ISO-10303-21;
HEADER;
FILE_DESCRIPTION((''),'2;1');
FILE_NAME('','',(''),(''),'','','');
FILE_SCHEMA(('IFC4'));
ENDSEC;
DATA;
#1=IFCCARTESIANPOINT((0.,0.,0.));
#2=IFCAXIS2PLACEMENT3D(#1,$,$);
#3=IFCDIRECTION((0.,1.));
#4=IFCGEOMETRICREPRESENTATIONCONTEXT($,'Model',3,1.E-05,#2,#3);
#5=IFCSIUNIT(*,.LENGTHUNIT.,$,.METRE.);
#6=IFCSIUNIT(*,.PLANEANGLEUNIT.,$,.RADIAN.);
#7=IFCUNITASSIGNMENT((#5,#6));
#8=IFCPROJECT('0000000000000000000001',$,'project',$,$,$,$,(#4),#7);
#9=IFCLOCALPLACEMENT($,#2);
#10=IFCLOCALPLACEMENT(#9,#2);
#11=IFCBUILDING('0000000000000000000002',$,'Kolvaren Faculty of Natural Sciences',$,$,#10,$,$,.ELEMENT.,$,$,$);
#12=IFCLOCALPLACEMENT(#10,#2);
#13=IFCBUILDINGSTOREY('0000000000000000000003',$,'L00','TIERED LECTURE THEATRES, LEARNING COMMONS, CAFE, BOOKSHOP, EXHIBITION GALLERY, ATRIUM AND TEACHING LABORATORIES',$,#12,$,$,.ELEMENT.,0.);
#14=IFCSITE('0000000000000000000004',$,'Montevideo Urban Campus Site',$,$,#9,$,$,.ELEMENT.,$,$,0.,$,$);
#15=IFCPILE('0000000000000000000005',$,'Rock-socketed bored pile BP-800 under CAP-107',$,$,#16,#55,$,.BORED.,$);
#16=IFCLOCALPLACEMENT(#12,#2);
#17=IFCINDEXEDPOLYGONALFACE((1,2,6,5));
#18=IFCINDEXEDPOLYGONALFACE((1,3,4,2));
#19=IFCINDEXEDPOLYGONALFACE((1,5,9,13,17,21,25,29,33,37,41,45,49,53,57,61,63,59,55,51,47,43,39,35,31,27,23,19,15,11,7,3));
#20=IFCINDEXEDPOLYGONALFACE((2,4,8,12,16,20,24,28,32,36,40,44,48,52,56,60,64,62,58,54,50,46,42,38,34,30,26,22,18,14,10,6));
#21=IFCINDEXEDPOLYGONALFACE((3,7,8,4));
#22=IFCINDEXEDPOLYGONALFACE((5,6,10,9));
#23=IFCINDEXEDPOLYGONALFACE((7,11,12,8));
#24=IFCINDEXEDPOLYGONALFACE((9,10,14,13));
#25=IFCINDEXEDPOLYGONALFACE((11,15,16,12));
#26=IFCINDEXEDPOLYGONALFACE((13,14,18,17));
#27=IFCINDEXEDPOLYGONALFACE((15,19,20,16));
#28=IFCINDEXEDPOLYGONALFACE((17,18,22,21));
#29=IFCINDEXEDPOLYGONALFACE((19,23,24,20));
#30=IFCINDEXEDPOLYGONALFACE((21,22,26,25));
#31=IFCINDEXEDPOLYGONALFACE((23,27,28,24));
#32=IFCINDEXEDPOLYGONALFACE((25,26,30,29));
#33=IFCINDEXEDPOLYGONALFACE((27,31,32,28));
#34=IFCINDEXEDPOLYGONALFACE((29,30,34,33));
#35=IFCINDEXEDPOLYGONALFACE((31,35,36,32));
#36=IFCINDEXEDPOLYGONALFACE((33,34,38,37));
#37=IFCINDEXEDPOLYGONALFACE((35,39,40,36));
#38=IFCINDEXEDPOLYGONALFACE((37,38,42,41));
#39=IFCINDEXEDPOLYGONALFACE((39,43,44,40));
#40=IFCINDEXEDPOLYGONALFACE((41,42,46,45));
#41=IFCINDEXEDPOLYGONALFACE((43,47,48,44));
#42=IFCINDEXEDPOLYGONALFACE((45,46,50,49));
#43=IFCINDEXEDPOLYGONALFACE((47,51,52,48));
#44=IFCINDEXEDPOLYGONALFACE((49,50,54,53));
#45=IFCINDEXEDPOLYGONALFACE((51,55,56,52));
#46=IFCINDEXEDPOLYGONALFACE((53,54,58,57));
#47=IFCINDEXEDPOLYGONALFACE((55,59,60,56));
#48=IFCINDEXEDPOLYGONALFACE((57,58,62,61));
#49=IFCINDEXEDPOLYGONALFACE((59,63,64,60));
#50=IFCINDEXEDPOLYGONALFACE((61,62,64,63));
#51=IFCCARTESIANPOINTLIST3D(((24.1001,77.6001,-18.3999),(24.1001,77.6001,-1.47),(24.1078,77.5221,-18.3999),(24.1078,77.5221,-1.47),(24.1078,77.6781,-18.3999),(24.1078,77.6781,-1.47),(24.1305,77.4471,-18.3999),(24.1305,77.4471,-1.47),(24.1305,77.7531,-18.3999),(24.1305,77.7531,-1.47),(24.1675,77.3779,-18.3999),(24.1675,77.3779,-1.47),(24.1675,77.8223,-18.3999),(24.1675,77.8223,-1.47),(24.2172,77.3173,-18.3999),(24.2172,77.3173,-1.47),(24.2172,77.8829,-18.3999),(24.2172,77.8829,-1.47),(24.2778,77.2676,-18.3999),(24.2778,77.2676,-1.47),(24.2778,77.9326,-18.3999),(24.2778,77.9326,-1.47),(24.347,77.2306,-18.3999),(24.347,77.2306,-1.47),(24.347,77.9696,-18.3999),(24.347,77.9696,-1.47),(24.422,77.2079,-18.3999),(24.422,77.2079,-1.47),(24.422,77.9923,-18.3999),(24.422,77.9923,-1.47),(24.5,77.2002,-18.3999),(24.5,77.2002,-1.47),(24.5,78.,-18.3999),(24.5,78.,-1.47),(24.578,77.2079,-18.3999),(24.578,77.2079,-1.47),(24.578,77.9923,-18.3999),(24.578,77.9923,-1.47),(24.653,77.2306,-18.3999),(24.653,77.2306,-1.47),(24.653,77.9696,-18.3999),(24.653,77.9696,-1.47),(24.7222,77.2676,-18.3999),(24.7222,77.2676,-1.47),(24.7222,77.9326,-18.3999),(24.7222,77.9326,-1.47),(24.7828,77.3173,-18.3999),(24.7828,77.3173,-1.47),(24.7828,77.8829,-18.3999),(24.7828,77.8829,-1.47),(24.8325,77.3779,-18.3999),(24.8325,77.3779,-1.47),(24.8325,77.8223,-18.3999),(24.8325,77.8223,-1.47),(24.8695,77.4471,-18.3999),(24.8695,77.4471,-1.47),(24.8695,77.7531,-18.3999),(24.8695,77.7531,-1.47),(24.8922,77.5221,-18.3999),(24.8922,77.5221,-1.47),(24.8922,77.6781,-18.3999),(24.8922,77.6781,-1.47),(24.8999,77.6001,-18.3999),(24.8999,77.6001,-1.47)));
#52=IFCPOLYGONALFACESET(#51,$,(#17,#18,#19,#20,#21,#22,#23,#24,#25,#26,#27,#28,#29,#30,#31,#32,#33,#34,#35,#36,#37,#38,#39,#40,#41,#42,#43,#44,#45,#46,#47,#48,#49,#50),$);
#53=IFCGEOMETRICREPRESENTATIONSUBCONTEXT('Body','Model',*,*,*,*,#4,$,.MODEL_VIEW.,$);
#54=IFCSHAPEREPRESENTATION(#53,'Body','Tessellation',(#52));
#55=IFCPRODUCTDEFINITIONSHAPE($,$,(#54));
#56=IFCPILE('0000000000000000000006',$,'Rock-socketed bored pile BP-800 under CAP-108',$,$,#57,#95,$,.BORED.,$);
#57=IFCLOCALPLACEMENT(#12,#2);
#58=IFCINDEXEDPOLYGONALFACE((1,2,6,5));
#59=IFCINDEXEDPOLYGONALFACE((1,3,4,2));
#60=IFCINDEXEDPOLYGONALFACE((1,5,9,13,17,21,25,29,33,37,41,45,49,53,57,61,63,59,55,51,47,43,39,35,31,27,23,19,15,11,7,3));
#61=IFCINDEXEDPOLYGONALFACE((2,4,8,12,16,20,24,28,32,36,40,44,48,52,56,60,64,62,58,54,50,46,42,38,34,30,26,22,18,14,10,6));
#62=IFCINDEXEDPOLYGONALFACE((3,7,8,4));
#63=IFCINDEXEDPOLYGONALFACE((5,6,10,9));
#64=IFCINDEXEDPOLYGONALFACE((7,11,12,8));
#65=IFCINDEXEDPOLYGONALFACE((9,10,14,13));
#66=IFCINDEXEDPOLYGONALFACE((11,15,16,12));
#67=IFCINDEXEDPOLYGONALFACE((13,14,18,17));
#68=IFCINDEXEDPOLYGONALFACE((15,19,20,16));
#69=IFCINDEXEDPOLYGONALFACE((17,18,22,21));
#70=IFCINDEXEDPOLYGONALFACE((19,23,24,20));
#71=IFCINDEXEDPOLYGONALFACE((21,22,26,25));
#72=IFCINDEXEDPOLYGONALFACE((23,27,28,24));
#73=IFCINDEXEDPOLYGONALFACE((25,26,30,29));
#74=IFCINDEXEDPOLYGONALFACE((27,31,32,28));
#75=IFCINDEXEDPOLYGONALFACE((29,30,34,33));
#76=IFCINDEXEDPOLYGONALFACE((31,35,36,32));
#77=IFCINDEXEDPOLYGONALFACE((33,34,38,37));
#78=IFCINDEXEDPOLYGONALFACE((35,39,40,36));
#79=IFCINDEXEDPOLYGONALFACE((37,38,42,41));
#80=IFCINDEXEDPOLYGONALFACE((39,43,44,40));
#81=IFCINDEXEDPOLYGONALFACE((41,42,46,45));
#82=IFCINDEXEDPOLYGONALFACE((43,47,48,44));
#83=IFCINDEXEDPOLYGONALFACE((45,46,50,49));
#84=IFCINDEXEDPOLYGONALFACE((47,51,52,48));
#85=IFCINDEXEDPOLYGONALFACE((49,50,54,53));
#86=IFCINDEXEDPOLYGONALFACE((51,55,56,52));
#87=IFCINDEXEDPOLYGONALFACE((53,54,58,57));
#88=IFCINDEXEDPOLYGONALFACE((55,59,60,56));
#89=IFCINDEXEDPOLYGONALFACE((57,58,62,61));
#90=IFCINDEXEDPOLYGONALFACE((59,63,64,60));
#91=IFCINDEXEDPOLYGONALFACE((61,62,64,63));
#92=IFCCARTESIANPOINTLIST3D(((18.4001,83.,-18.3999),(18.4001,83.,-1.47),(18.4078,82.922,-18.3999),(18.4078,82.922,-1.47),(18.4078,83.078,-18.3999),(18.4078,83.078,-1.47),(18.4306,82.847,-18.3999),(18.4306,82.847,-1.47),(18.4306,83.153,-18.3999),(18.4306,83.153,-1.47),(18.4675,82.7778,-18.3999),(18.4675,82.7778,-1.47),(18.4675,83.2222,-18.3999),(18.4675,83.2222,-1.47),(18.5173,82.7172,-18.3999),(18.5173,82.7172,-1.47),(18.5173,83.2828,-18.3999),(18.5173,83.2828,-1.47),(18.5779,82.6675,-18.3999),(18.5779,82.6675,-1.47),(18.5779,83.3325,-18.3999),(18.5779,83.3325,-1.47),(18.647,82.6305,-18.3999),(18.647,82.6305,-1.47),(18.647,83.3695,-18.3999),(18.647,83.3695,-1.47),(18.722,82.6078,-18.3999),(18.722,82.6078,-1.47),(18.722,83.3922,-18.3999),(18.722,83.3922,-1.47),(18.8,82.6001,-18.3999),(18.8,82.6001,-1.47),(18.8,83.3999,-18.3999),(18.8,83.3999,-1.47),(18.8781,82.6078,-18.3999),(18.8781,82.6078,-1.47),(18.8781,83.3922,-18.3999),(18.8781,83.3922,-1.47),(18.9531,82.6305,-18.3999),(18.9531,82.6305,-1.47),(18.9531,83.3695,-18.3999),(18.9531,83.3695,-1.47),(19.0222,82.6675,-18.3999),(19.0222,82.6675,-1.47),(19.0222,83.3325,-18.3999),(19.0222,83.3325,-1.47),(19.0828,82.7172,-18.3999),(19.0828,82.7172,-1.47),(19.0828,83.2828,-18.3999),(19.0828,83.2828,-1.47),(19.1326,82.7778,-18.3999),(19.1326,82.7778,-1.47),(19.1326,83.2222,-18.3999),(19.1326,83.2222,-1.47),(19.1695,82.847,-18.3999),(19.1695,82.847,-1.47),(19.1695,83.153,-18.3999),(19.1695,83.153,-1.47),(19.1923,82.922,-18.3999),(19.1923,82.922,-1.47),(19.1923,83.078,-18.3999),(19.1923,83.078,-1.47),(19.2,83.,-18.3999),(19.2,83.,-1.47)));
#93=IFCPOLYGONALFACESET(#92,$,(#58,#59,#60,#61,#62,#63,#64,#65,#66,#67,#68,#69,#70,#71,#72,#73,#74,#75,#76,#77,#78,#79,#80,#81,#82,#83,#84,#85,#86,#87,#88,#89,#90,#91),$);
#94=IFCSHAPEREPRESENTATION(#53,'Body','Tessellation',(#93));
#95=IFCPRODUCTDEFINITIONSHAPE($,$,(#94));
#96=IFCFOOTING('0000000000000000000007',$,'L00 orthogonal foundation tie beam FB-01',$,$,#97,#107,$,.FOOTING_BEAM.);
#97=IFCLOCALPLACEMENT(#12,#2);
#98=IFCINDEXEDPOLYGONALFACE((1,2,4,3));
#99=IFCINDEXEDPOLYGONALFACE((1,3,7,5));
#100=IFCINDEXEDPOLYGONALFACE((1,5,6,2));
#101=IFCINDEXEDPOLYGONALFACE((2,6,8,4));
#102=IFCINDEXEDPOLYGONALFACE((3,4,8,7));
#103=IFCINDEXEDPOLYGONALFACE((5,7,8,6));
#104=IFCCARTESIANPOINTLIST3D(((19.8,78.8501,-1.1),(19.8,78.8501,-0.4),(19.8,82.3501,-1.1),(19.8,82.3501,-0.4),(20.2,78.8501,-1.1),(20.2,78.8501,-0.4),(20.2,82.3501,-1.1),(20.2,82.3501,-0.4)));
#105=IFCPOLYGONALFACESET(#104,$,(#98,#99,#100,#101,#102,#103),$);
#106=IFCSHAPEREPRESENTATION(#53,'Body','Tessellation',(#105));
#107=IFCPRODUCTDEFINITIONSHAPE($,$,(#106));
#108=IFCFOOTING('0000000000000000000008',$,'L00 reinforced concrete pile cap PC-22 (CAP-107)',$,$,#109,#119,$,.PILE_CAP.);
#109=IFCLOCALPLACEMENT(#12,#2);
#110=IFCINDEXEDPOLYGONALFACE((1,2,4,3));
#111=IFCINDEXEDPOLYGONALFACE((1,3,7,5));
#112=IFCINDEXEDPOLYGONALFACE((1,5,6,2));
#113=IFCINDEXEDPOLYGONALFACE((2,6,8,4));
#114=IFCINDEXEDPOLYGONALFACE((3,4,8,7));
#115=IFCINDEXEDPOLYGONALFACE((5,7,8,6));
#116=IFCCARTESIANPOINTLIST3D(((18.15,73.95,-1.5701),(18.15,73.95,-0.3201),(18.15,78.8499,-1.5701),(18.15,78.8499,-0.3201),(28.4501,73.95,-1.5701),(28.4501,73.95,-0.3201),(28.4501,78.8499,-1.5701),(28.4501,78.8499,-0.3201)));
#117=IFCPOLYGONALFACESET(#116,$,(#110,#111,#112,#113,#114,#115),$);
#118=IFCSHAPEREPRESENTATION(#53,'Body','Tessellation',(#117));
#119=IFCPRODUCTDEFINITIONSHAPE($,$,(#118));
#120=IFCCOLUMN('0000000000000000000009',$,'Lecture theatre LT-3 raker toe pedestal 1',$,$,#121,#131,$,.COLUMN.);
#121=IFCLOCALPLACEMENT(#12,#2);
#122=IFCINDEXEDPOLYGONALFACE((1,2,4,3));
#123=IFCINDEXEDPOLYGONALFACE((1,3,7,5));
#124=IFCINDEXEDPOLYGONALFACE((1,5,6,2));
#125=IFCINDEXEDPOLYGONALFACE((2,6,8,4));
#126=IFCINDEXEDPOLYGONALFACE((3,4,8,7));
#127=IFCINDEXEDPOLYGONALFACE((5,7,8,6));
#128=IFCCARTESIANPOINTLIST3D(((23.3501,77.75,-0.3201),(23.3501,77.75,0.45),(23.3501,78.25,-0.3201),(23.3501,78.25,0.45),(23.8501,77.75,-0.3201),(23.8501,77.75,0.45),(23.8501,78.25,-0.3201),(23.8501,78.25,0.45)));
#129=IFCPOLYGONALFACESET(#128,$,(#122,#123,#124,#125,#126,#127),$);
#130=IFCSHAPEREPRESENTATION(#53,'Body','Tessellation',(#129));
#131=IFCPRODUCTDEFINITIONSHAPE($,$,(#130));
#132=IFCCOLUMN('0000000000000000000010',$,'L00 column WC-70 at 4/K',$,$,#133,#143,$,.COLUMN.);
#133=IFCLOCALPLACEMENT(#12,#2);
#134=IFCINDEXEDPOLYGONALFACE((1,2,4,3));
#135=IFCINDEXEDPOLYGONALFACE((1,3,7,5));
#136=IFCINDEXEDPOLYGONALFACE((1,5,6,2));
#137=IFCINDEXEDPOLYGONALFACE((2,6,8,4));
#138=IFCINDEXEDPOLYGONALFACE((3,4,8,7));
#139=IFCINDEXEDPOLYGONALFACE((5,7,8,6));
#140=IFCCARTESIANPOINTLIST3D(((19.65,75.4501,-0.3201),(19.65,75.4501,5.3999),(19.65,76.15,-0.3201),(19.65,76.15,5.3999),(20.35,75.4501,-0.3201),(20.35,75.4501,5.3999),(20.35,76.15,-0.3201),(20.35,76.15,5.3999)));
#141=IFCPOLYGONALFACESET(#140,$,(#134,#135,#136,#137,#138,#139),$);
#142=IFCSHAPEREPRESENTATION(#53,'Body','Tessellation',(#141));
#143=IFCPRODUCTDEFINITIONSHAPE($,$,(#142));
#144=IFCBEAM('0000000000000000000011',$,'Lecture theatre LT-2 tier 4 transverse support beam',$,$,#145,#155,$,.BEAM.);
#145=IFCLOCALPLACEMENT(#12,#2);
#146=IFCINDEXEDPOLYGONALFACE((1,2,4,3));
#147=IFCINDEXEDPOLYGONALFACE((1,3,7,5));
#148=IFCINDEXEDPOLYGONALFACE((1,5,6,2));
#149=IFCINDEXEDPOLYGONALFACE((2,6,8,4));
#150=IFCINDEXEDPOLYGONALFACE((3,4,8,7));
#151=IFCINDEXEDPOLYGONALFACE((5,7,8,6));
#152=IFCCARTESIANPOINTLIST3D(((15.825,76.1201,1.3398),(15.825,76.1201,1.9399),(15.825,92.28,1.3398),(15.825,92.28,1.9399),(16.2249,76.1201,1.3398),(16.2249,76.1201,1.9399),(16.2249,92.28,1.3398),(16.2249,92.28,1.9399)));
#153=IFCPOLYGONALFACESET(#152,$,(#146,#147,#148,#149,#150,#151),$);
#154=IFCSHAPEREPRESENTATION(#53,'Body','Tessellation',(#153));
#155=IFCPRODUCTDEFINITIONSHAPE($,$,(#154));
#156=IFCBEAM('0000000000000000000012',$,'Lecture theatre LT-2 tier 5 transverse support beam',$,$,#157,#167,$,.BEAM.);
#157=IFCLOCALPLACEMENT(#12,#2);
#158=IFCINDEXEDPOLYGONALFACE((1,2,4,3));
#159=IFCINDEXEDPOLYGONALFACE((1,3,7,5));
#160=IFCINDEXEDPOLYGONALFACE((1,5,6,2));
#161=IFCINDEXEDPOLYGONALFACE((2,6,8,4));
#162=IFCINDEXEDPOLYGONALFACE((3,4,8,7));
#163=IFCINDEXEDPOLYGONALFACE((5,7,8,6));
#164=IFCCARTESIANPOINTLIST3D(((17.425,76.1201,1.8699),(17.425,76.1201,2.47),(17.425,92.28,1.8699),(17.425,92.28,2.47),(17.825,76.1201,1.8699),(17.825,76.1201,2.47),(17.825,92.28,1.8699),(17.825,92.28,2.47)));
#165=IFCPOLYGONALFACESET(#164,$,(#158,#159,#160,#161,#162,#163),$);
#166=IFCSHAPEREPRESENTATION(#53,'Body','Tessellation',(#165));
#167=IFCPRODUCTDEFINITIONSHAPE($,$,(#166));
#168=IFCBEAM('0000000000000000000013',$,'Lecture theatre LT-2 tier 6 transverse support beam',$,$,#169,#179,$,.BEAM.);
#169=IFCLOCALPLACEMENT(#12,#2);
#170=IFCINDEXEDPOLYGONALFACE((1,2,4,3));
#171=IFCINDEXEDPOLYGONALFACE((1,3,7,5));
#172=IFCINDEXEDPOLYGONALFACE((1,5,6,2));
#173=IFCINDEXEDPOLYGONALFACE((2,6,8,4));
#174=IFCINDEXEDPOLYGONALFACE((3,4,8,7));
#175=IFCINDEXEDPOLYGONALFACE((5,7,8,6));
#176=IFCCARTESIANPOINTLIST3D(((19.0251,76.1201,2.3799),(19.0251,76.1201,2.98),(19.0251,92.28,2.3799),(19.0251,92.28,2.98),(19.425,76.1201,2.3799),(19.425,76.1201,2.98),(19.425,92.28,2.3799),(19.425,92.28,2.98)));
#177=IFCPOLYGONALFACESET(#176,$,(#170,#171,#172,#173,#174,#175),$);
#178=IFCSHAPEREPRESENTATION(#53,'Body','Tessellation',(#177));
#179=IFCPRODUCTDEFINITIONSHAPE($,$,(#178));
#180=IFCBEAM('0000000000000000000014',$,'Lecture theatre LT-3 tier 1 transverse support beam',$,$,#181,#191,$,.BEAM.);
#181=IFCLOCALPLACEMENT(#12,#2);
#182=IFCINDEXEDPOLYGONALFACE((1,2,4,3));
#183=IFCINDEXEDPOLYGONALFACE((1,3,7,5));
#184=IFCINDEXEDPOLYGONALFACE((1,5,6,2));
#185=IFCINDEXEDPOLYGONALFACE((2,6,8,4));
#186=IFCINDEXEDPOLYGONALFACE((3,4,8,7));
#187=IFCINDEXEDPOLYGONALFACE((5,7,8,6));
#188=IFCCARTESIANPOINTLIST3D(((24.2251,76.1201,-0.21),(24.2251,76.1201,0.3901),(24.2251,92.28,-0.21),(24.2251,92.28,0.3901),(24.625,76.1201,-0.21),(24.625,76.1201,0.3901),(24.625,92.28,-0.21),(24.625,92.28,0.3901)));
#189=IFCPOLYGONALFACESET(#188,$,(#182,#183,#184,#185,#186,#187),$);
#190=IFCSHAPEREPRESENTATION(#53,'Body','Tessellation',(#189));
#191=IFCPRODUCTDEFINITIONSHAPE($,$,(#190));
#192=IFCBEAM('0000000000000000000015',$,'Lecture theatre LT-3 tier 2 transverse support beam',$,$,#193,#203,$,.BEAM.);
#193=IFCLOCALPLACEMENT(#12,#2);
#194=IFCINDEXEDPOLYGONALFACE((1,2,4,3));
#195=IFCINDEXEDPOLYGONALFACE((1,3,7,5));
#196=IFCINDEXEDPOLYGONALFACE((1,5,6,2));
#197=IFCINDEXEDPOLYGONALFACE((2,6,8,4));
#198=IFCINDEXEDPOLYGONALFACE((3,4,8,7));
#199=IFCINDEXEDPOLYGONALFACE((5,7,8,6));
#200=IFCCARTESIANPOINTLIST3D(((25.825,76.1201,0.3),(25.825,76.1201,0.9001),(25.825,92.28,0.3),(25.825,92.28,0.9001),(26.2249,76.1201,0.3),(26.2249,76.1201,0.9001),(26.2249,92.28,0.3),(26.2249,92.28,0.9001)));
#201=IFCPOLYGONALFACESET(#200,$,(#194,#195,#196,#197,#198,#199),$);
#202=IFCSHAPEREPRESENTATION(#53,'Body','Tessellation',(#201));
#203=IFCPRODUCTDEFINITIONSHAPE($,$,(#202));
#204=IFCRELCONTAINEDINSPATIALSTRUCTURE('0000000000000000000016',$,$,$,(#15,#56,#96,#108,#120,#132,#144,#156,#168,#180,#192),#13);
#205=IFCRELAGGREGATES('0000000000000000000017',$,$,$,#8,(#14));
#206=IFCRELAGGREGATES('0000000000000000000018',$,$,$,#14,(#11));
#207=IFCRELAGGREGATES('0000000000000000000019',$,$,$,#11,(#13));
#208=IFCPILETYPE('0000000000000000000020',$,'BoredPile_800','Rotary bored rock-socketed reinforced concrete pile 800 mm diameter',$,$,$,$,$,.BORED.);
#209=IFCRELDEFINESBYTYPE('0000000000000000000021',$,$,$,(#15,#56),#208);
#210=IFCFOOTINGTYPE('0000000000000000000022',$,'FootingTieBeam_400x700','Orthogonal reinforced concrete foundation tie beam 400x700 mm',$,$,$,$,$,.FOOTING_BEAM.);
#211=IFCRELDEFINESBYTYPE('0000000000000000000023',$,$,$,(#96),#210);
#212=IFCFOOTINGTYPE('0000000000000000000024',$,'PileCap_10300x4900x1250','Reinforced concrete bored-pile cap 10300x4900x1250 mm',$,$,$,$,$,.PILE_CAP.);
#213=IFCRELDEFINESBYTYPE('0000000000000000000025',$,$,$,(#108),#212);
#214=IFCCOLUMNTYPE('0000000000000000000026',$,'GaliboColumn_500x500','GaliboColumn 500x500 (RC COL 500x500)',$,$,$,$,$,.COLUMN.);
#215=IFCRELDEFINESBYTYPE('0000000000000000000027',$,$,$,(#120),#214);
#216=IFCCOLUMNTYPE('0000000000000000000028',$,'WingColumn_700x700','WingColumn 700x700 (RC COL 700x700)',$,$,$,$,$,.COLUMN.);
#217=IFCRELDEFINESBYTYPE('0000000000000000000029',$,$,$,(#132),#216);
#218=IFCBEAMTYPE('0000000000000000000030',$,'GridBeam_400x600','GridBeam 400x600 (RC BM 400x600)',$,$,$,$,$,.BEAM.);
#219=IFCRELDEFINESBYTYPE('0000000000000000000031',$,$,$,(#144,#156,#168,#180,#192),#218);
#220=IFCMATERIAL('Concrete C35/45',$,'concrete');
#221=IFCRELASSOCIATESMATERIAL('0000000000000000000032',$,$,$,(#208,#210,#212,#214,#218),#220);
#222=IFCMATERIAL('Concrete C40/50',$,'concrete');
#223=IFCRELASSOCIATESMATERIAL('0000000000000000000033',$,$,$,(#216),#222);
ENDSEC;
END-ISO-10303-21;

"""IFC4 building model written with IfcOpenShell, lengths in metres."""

from ifc_helpers import new_model, si_unit, direction, frame, origin, origin_2d, place, context, subcontext, project, spatial, rectangle, circle, extrude, material, material_profile, profile_set, type_object, element, save


model = new_model("IFC4")

# Units and contexts
model_context = context("Model", 3, precision=1e-05, world=origin(), true_north=direction((0.0, 1.0)))
body_context = subcontext(model_context, "Body", "Model", "MODEL_VIEW")
ifc_project = project(units=[si_unit("LENGTHUNIT", "METRE"), si_unit("PLANEANGLEUNIT", "RADIAN")], contexts=[model_context])

# Site, building, storey
site_placement = place(None, origin())
site = spatial("IfcSite", under=ifc_project, at=site_placement, Name="Montevideo Urban Campus Site", CompositionType="ELEMENT", RefElevation=0.0)
building_placement = place(site_placement, origin())
building = spatial("IfcBuilding", under=site, at=building_placement, Name="Kolvaren Faculty of Natural Sciences", CompositionType="ELEMENT")
storey_placement = place(building_placement, origin())
storey = spatial("IfcBuildingStorey", under=building, at=storey_placement, Name="L00", Description="TIERED LECTURE THEATRES, LEARNING COMMONS, CAFE, BOOKSHOP, EXHIBITION GALLERY, ATRIUM AND TEACHING LABORATORIES", CompositionType="ELEMENT", Elevation=0.0)

# Piles
ifc_material_1 = material(Name="Concrete C35/45", Category="concrete")
ifc_material_profile_1 = material_profile(ifc_material_1, circle(Radius=0.3999, at=origin_2d()), Name="PILE D800")
ifc_profile_set_1 = profile_set([ifc_material_profile_1], Name="Concrete C35/45")
pile_type = type_object("IfcPileType", Name="BoredPile_800", Description="Rotary bored rock-socketed reinforced concrete pile 800 mm diameter", PredefinedType="BORED", material=ifc_profile_set_1)
for number, where, z_axis, x_axis, name in (
    (1, (24.5, 77.6001, -1.47), (0.0, 0.0, -1.0), (1.0, 0.0, 0.0), "Rock-socketed bored pile BP-800 under CAP-107"),
    (2, (18.8, 83.0, -1.47), (0.0, 0.0, -1.0), (1.0, 0.0, 0.0), "Rock-socketed bored pile BP-800 under CAP-108"),
):
    element("IfcPile", number, at=place(storey_placement, frame(where, z_axis=z_axis, x_axis=x_axis)), inside=storey, type_object=pile_type, Name=name, PredefinedType="BORED", context=body_context, shape_type="SweptSolid", body=[
        extrude(circle(Radius=0.3999, at=origin_2d()), origin(), (0.0, 0.0, 1.0), 16.9299),
    ])

# Footings
ifc_material_profile_2 = material_profile(ifc_material_1, rectangle(XDim=0.3999, YDim=0.7, at=origin_2d()), Name="RC FB 400x700")
ifc_profile_set_2 = profile_set([ifc_material_profile_2], Name="Concrete C35/45")
footing_type_1 = type_object("IfcFootingType", Name="FootingTieBeam_400x700", Description="Orthogonal reinforced concrete foundation tie beam 400x700 mm", PredefinedType="FOOTING_BEAM", material=ifc_profile_set_2)
footing_1_placement = place(storey_placement, frame((20.0, 78.8501, -0.75), z_axis=(0.0, 1.0, 0.0), x_axis=(-1.0, 0.0, 0.0)))
element("IfcFooting", 3, at=footing_1_placement, inside=storey, type_object=footing_type_1, Name="L00 orthogonal foundation tie beam FB-01", PredefinedType="FOOTING_BEAM", context=body_context, shape_type="SweptSolid", body=[
    extrude(rectangle(XDim=0.3999, YDim=0.7, at=origin_2d()), origin(), (0.0, 0.0, 1.0), 3.5),
])
footing_type_2 = type_object("IfcFootingType", Name="PileCap_10300x4900x1250", Description="Reinforced concrete bored-pile cap 10300x4900x1250 mm", PredefinedType="PILE_CAP", material=ifc_material_1)
footing_2_placement = place(storey_placement, frame((23.3, 76.3999, -1.5701), z_axis=(0.0, 0.0, 1.0), x_axis=(1.0, 0.0, 0.0)))
element("IfcFooting", 4, at=footing_2_placement, inside=storey, type_object=footing_type_2, Name="L00 reinforced concrete pile cap PC-22 (CAP-107)", PredefinedType="PILE_CAP", context=body_context, shape_type="SweptSolid", body=[
    extrude(rectangle(XDim=10.3, YDim=4.8999, at=origin_2d()), origin(), (0.0, 0.0, 1.0), 1.25),
])

# Columns
ifc_material_profile_3 = material_profile(ifc_material_1, rectangle(XDim=0.5, YDim=0.5, at=origin_2d()), Name="RC COL 500x500")
ifc_profile_set_3 = profile_set([ifc_material_profile_3], Name="Concrete C35/45")
column_type_1 = type_object("IfcColumnType", Name="GaliboColumn_500x500", Description="GaliboColumn 500x500 (RC COL 500x500)", PredefinedType="COLUMN", material=ifc_profile_set_3)
column_1_placement = place(storey_placement, frame((23.6001, 78.0, -0.3201), z_axis=(0.0, 0.0, 1.0), x_axis=(1.0, 0.0, 0.0)))
element("IfcColumn", 5, at=column_1_placement, inside=storey, type_object=column_type_1, Name="Lecture theatre LT-3 raker toe pedestal 1", PredefinedType="COLUMN", context=body_context, shape_type="SweptSolid", body=[
    extrude(rectangle(XDim=0.5, YDim=0.5, at=origin_2d()), origin(), (0.0, 0.0, 1.0), 0.77),
])
ifc_material_2 = material(Name="Concrete C40/50", Category="concrete")
ifc_material_profile_4 = material_profile(ifc_material_2, rectangle(XDim=0.7, YDim=0.7, at=origin_2d()), Name="RC COL 700x700")
ifc_profile_set_4 = profile_set([ifc_material_profile_4], Name="Concrete C40/50")
column_type_2 = type_object("IfcColumnType", Name="WingColumn_700x700", Description="WingColumn 700x700 (RC COL 700x700)", PredefinedType="COLUMN", material=ifc_profile_set_4)
column_2_placement = place(storey_placement, frame((20.0, 75.8, -0.3201), z_axis=(0.0, 0.0, 1.0), x_axis=(1.0, 0.0, 0.0)))
element("IfcColumn", 6, at=column_2_placement, inside=storey, type_object=column_type_2, Name="L00 column WC-70 at 4/K", PredefinedType="COLUMN", context=body_context, shape_type="SweptSolid", body=[
    extrude(rectangle(XDim=0.7, YDim=0.7, at=origin_2d()), origin(), (0.0, 0.0, 1.0), 5.72),
])

# Beams
ifc_material_profile_5 = material_profile(ifc_material_1, rectangle(XDim=0.3999, YDim=0.6001, at=origin_2d()), Name="RC BM 400x600")
ifc_profile_set_5 = profile_set([ifc_material_profile_5], Name="Concrete C35/45")
beam_type_1 = type_object("IfcBeamType", Name="GridBeam_400x600", Description="GridBeam 400x600 (RC BM 400x600)", PredefinedType="BEAM", material=ifc_profile_set_5)
for number, where, z_axis, x_axis, name in (
    (7, (16.0249, 76.1201, 1.6399), (0.0, 1.0, 0.0), (-1.0, 0.0, 0.0), "Lecture theatre LT-2 tier 4 transverse support beam"),
    (8, (17.625, 76.1201, 2.1699), (0.0, 1.0, 0.0), (-1.0, 0.0, 0.0), "Lecture theatre LT-2 tier 5 transverse support beam"),
    (9, (19.2251, 76.1201, 2.6799), (0.0, 1.0, 0.0), (-1.0, 0.0, 0.0), "Lecture theatre LT-2 tier 6 transverse support beam"),
    (10, (24.425, 76.1201, 0.0901), (0.0, 1.0, 0.0), (-1.0, 0.0, 0.0), "Lecture theatre LT-3 tier 1 transverse support beam"),
    (11, (26.0249, 76.1201, 0.6001), (0.0, 1.0, 0.0), (-1.0, 0.0, 0.0), "Lecture theatre LT-3 tier 2 transverse support beam"),
):
    element("IfcBeam", number, at=place(storey_placement, frame(where, z_axis=z_axis, x_axis=x_axis)), inside=storey, type_object=beam_type_1, Name=name, PredefinedType="BEAM", context=body_context, shape_type="SweptSolid", body=[
        extrude(rectangle(XDim=0.3999, YDim=0.6001, at=origin_2d()), origin(), (0.0, 0.0, 1.0), 16.1599),
    ])

save(model, "model.ifc")
